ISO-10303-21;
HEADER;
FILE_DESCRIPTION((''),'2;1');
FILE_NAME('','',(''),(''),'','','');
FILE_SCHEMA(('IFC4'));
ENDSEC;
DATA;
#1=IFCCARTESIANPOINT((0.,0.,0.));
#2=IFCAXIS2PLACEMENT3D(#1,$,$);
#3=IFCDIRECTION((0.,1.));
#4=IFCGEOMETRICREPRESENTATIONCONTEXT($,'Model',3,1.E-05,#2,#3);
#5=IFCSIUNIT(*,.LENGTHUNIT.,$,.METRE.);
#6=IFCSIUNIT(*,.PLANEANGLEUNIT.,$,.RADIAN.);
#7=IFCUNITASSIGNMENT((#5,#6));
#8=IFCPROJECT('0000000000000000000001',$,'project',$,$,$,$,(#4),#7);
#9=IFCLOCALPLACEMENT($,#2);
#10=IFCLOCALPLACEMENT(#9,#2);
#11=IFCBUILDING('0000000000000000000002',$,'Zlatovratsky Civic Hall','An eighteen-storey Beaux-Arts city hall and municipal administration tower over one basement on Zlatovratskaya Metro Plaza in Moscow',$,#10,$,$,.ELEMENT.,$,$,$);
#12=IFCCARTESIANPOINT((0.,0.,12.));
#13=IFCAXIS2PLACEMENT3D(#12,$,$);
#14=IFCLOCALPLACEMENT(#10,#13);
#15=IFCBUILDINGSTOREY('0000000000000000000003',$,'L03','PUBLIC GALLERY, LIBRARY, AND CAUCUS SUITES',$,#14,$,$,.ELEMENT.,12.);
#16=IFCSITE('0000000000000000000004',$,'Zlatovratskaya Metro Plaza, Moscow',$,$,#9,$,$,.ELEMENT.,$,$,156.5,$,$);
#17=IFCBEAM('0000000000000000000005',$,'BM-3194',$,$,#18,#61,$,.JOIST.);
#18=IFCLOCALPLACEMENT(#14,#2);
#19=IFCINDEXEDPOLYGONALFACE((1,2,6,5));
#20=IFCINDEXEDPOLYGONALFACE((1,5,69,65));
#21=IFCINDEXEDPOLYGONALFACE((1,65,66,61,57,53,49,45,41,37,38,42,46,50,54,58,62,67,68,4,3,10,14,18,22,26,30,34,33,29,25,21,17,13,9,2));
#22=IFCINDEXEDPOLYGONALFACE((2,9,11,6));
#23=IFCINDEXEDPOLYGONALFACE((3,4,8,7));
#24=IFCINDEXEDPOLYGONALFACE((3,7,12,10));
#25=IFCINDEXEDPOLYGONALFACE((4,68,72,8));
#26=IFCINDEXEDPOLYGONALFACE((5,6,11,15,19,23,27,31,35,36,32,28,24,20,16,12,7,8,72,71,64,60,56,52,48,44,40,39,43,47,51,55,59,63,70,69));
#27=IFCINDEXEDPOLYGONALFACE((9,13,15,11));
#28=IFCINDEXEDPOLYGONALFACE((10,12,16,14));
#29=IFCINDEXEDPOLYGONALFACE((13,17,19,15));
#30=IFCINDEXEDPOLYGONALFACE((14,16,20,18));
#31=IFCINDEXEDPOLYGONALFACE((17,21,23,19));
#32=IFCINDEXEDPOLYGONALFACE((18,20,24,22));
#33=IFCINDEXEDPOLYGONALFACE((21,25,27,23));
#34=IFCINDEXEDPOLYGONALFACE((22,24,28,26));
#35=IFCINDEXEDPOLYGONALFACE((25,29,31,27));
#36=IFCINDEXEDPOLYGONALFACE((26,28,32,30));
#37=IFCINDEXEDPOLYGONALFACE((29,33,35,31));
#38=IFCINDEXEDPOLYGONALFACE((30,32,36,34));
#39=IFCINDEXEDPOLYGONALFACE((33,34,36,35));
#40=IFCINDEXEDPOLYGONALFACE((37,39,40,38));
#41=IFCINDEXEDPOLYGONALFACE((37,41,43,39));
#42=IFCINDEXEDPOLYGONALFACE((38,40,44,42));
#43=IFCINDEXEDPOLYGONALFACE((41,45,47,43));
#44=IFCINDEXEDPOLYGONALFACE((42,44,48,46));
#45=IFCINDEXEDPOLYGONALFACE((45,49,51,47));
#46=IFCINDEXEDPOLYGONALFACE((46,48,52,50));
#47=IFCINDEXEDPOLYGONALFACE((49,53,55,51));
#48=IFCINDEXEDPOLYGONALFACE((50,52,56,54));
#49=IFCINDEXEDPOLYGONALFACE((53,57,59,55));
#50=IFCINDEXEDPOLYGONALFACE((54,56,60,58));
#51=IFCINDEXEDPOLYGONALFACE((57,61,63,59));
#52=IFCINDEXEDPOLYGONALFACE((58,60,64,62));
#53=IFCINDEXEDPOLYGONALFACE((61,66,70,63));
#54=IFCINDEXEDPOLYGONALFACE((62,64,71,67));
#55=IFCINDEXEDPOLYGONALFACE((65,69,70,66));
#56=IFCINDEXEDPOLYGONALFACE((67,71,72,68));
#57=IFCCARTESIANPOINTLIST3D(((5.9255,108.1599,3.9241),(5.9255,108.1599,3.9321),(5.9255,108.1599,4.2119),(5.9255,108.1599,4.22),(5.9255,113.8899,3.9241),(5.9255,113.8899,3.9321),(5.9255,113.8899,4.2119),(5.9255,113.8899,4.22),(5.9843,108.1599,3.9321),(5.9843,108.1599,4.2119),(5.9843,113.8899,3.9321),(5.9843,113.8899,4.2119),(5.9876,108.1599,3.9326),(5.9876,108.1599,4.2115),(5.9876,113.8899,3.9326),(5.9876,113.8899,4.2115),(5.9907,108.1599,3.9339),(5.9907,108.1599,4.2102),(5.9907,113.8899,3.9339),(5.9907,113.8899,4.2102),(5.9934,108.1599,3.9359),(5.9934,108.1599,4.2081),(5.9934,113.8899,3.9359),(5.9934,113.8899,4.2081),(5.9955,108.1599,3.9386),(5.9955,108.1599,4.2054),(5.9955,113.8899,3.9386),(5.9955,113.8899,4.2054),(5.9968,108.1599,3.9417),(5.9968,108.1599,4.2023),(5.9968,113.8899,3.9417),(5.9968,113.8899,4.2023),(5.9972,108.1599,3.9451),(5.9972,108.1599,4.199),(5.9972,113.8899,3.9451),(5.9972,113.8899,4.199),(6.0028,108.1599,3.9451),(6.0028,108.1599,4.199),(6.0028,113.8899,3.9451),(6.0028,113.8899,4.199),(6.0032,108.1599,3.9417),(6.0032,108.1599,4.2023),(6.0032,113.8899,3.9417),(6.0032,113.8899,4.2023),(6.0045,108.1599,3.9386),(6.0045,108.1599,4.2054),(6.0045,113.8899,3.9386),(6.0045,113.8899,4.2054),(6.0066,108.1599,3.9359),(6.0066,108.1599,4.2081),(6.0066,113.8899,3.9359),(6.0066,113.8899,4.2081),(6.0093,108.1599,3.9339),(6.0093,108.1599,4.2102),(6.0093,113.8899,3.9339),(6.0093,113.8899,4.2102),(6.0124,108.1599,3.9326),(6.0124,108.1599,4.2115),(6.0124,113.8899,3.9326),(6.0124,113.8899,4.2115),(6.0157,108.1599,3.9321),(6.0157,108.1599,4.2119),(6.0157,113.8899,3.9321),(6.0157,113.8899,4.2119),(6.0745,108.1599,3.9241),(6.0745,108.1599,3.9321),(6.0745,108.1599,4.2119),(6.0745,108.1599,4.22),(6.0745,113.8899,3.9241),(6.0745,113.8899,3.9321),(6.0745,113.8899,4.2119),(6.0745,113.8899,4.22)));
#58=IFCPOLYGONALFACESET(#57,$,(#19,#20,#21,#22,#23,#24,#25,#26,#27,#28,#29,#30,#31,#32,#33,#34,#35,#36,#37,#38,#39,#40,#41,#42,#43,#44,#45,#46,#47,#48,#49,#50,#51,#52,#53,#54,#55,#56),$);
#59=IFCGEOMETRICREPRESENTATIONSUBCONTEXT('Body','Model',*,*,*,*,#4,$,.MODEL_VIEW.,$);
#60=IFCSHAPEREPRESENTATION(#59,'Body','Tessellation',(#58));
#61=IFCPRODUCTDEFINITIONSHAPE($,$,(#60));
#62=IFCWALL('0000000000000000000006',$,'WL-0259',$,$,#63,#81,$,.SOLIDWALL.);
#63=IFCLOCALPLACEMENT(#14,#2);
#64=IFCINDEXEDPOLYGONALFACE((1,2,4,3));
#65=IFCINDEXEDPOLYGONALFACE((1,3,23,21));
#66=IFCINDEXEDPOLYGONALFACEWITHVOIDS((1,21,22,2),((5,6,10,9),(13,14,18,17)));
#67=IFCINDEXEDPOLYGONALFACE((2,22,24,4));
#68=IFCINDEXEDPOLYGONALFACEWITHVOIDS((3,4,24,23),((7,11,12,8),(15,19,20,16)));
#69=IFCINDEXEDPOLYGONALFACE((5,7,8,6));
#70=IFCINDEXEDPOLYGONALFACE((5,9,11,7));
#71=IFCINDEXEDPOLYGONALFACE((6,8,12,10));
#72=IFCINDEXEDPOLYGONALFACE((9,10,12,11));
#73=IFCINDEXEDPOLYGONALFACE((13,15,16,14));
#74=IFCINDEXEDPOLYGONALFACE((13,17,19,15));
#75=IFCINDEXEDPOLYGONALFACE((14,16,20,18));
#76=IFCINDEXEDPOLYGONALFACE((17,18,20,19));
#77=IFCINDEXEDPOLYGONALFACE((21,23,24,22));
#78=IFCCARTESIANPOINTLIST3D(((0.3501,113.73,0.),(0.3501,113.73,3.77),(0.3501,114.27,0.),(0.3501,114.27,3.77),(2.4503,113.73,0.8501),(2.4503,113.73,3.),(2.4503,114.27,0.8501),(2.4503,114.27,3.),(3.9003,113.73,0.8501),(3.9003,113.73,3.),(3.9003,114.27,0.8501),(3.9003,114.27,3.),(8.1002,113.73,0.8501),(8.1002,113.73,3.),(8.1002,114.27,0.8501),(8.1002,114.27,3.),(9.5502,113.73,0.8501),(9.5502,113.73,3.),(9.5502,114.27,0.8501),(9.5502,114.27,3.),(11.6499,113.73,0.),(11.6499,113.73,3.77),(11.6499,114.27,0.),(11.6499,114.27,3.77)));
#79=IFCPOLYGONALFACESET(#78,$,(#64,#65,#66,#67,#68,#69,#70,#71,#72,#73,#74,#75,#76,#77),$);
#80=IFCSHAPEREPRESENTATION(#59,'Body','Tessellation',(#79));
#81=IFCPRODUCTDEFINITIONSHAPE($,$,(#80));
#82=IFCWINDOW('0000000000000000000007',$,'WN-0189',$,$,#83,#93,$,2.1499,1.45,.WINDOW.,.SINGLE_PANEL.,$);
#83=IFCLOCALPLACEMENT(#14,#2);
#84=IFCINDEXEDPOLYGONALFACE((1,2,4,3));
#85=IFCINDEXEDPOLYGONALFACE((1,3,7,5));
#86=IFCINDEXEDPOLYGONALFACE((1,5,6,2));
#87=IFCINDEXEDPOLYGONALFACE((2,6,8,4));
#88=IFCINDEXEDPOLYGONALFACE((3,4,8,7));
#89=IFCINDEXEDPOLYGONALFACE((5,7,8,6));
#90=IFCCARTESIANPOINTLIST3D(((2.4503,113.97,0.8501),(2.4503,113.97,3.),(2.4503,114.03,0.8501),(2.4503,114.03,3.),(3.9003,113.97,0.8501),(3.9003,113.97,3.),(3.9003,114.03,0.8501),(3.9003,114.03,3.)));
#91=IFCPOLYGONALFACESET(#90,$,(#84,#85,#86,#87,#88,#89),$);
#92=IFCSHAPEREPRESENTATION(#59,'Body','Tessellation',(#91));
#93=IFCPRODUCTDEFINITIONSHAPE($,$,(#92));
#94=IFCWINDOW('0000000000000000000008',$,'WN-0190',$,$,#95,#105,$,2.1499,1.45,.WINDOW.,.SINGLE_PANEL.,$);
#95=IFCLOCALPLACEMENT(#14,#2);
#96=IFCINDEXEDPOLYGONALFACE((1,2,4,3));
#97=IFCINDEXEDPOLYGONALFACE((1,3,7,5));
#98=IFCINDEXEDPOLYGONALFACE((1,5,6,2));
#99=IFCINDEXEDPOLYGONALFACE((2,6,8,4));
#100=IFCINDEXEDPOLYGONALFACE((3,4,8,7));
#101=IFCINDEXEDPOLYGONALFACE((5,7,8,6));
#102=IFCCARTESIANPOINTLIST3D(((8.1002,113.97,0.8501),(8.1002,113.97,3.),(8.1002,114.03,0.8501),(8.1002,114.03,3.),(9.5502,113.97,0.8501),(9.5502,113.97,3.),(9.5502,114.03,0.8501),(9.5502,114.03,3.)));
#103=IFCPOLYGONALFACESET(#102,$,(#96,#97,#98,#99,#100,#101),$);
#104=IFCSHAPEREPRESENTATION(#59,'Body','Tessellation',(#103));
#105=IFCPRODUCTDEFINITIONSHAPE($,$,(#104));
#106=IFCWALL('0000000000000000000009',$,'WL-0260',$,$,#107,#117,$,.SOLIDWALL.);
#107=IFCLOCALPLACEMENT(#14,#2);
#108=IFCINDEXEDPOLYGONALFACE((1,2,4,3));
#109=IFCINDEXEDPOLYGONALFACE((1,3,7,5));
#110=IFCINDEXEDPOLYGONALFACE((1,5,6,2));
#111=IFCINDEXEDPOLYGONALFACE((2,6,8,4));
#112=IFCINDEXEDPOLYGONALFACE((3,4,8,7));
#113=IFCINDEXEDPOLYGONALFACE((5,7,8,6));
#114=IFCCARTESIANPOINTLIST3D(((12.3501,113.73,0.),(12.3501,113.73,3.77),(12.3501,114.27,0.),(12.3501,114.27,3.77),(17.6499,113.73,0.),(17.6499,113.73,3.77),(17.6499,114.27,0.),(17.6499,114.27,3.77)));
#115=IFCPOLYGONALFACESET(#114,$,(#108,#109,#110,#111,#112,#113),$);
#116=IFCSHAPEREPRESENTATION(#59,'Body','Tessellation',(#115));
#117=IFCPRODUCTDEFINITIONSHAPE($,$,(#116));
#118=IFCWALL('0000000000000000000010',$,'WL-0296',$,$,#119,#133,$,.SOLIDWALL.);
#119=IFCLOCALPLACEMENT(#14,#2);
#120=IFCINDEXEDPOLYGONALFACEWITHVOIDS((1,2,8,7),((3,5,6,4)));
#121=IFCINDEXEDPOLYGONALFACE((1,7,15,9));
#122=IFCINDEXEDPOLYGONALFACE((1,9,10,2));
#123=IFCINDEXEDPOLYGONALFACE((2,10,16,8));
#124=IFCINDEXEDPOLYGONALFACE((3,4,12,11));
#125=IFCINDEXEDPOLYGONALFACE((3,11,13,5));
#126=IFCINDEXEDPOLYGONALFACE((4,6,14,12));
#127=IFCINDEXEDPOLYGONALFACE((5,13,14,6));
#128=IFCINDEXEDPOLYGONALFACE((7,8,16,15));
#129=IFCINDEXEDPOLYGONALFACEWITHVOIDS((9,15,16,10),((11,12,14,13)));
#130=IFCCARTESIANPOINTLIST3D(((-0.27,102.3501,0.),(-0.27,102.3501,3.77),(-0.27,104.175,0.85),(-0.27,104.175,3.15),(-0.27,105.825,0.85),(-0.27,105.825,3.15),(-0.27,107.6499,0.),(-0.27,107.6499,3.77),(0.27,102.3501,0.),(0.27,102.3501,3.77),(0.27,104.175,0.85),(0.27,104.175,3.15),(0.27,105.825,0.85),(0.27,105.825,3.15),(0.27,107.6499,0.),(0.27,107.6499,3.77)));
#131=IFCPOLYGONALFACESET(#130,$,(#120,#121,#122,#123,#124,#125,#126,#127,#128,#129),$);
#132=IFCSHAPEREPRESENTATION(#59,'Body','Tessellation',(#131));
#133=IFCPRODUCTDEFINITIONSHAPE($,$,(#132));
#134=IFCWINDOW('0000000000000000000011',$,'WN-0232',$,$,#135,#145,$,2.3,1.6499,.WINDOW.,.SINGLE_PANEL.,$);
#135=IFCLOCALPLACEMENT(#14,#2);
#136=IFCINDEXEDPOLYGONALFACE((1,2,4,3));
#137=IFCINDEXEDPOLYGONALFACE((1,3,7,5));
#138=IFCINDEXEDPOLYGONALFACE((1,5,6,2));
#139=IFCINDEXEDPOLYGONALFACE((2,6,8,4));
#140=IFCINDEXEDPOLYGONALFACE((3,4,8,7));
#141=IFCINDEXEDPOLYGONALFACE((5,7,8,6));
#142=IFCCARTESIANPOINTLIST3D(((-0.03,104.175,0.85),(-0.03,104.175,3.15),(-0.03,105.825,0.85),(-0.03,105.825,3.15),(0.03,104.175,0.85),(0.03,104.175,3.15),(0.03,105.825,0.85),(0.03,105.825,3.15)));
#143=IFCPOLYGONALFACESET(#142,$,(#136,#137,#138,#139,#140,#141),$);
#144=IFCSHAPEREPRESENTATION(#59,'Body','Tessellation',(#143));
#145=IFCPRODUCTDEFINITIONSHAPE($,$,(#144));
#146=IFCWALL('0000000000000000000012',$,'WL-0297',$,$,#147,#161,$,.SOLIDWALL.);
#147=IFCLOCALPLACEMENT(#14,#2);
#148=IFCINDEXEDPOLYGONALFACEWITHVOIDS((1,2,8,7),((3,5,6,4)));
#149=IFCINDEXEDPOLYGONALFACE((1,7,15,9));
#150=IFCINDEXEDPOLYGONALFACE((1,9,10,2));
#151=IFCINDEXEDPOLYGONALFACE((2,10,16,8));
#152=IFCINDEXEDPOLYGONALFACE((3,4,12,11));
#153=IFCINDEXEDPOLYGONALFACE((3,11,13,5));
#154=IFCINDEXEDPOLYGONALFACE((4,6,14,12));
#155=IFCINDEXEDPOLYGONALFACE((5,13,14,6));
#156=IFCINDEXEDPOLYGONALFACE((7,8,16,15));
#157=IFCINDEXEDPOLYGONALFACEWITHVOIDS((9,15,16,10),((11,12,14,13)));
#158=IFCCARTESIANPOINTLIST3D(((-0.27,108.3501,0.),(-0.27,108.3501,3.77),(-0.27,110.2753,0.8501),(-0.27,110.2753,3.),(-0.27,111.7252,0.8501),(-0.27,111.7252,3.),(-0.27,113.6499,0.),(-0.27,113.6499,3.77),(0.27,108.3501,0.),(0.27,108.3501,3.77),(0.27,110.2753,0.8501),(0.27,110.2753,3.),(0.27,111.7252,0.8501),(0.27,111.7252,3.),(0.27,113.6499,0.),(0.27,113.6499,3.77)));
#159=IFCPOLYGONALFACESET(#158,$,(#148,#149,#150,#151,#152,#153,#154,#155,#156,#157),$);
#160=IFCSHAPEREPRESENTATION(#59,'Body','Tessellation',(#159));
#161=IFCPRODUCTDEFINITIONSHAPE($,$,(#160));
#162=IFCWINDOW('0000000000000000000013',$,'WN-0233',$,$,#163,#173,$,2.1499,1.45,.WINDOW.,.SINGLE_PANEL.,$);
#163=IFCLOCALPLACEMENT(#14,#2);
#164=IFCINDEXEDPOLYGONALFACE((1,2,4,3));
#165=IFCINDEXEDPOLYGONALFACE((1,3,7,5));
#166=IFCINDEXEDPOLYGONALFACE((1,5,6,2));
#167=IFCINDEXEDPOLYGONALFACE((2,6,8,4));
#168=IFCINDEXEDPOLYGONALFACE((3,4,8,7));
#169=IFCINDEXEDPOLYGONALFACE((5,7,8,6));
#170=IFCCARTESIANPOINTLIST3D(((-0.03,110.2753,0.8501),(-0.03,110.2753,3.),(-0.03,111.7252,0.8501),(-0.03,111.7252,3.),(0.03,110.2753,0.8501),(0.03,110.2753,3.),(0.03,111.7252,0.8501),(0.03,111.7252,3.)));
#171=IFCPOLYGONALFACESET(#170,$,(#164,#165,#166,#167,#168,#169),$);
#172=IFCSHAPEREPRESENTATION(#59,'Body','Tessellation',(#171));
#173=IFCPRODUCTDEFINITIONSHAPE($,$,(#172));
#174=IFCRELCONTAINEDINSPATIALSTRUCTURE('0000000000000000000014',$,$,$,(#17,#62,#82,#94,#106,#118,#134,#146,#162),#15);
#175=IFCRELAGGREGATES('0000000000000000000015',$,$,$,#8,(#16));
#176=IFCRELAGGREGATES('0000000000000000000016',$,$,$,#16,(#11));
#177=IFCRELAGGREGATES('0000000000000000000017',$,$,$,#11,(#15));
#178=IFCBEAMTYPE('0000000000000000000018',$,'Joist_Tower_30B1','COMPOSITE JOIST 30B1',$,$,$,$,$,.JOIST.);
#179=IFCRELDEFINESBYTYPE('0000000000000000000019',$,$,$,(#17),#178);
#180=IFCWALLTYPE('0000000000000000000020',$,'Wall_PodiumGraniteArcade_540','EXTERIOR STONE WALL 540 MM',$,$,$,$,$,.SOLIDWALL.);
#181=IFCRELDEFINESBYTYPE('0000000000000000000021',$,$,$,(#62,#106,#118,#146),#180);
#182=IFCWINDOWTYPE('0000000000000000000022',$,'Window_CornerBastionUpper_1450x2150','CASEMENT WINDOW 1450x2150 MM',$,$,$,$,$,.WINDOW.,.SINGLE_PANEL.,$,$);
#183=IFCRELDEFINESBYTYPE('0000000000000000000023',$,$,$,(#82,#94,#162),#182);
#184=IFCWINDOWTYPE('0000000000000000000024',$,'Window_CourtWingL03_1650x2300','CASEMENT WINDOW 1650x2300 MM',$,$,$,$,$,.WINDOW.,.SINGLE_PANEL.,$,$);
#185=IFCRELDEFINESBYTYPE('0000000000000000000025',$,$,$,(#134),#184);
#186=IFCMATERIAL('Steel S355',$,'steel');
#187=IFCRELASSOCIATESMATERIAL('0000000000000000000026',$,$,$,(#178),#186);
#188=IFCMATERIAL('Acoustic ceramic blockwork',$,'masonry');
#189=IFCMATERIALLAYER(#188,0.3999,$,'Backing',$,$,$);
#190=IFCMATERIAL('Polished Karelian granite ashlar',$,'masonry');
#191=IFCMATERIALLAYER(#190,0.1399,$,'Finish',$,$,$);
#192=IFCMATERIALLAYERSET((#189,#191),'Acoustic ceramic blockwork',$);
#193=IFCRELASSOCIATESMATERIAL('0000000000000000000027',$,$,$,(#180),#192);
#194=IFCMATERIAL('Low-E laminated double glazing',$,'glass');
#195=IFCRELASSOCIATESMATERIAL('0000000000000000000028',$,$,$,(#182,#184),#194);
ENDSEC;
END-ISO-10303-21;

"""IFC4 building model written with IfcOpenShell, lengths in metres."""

from ifc_helpers import new_model, si_unit, direction, frame, frame_2d, origin, origin_2d, place, context, subcontext, project, spatial, rectangle, i_section, extrude, material, layer, layer_set, material_profile, profile_set, type_object, element, fill, save


model = new_model("IFC4")

# Units and contexts
model_context = context("Model", 3, precision=1e-05, world=origin(), true_north=direction((0.0, 1.0)))
body_context = subcontext(model_context, "Body", "Model", "MODEL_VIEW")
ifc_project = project(units=[si_unit("LENGTHUNIT", "METRE"), si_unit("PLANEANGLEUNIT", "RADIAN")], contexts=[model_context])

# Site, building, storey
site_placement = place(None, origin())
site = spatial("IfcSite", under=ifc_project, at=site_placement, Name="Zlatovratskaya Metro Plaza, Moscow", CompositionType="ELEMENT", RefElevation=156.5)
building_placement = place(site_placement, origin())
building = spatial("IfcBuilding", under=site, at=building_placement, Name="Zlatovratsky Civic Hall", Description="An eighteen-storey Beaux-Arts city hall and municipal administration tower over one basement on Zlatovratskaya Metro Plaza in Moscow", CompositionType="ELEMENT")
storey_placement = place(building_placement, frame((0.0, 0.0, 12.0)))
storey = spatial("IfcBuildingStorey", under=building, at=storey_placement, Name="L03", Description="PUBLIC GALLERY, LIBRARY, AND CAUCUS SUITES", CompositionType="ELEMENT", Elevation=12.0)

# Shared definitions
ifc_material_1 = material(Name="Steel S355", Category="steel")

# Beam
ifc_material_profile_1 = material_profile(ifc_material_1, i_section(OverallWidth=0.1489, OverallDepth=0.2959, WebThickness=0.0056, FlangeThickness=0.0081, FilletRadius=0.0129, at=origin_2d()), Name="30B1")
ifc_profile_set_1 = profile_set([ifc_material_profile_1], Name="Steel S355")
beam_type_1 = type_object("IfcBeamType", Name="Joist_Tower_30B1", Description="COMPOSITE JOIST 30B1", PredefinedType="JOIST", material=ifc_profile_set_1)
beam_1_placement = place(storey_placement, frame((6.0, 108.1599, 4.072), z_axis=(0.0, 1.0, 0.0), x_axis=(-1.0, 0.0, 0.0)))
element("IfcBeam", 1, at=beam_1_placement, inside=storey, type_object=beam_type_1, Name="BM-3194", PredefinedType="JOIST", context=body_context, shape_type="SweptSolid", body=[
    extrude(i_section(OverallWidth=0.1489, OverallDepth=0.2959, WebThickness=0.0056, FlangeThickness=0.0081, FilletRadius=0.0129, at=origin_2d()), origin(), (0.0, 0.0, 1.0), 5.73),
])

# Wall, openings, windows
ifc_material_2 = material(Name="Acoustic ceramic blockwork", Category="masonry")
ifc_layer_1 = layer(ifc_material_2, 0.3999, Name="Backing")
ifc_material_3 = material(Name="Polished Karelian granite ashlar", Category="masonry")
ifc_layer_2 = layer(ifc_material_3, 0.1399, Name="Finish")
ifc_layer_set = layer_set([ifc_layer_1, ifc_layer_2], Name="Acoustic ceramic blockwork")
wall_type = type_object("IfcWallType", Name="Wall_PodiumGraniteArcade_540", Description="EXTERIOR STONE WALL 540 MM", PredefinedType="SOLIDWALL", material=ifc_layer_set)
wall_1_placement = place(storey_placement, frame((0.3501, 114.0, 0.0), z_axis=(0.0, 0.0, 1.0), x_axis=(1.0, 0.0, 0.0)))
wall_1 = element("IfcWall", 2, at=wall_1_placement, inside=storey, type_object=wall_type, Name="WL-0259", PredefinedType="SOLIDWALL", context=body_context, shape_type="SweptSolid", body=[
    extrude(rectangle(XDim=11.2998, YDim=0.54, at=frame_2d((5.6499, 0.0))), origin(), (0.0, 0.0, 1.0), 3.77),
])
opening_1_placement = place(wall_1_placement, frame((2.1001, 0.0, 0.8501)))
opening_1 = element("IfcOpeningElement", 3, at=opening_1_placement, cuts=wall_1, PredefinedType="OPENING", context=body_context, shape_type="SweptSolid", body=[
    extrude(rectangle(XDim=1.45, YDim=2.1499, at=frame_2d((0.7251, 1.075))), frame((0.0, 0.2849, 0.0), z_axis=(0.0, -1.0, 0.0), x_axis=(1.0, 0.0, 0.0)), (0.0, 0.0, 1.0), 0.5698),
])
opening_2_placement = place(wall_1_placement, frame((7.75, 0.0, 0.8501)))
opening_2 = element("IfcOpeningElement", 4, at=opening_2_placement, cuts=wall_1, PredefinedType="OPENING", context=body_context, shape_type="SweptSolid", body=[
    extrude(rectangle(XDim=1.45, YDim=2.1499, at=frame_2d((0.7251, 1.075))), frame((0.0, 0.2849, 0.0), z_axis=(0.0, -1.0, 0.0), x_axis=(1.0, 0.0, 0.0)), (0.0, 0.0, 1.0), 0.5698),
])
ifc_material_4 = material(Name="Low-E laminated double glazing", Category="glass")
window_type_1 = type_object("IfcWindowType", Name="Window_CornerBastionUpper_1450x2150", Description="CASEMENT WINDOW 1450x2150 MM", PartitioningType="SINGLE_PANEL", PredefinedType="WINDOW", material=ifc_material_4)
window_1_placement = place(opening_1_placement, origin())
window_1 = element("IfcWindow", 5, at=window_1_placement, inside=storey, type_object=window_type_1, Name="WN-0189", OverallHeight=2.1499, OverallWidth=1.45, PartitioningType="SINGLE_PANEL", PredefinedType="WINDOW", context=body_context, shape_type="SweptSolid", body=[
    extrude(rectangle(XDim=1.45, YDim=2.1499, at=frame_2d((0.7251, 1.075))), frame((0.0, 0.03, 0.0), z_axis=(0.0, -1.0, 0.0), x_axis=(1.0, 0.0, 0.0)), (0.0, 0.0, 1.0), 0.0601),
])
fill(opening_1, window_1)
window_2_placement = place(opening_2_placement, origin())
window_2 = element("IfcWindow", 6, at=window_2_placement, inside=storey, type_object=window_type_1, Name="WN-0190", OverallHeight=2.1499, OverallWidth=1.45, PartitioningType="SINGLE_PANEL", PredefinedType="WINDOW", context=body_context, shape_type="SweptSolid", body=[
    extrude(rectangle(XDim=1.45, YDim=2.1499, at=frame_2d((0.7251, 1.075))), frame((0.0, 0.03, 0.0), z_axis=(0.0, -1.0, 0.0), x_axis=(1.0, 0.0, 0.0)), (0.0, 0.0, 1.0), 0.0601),
])
fill(opening_2, window_2)

# Wall
wall_2_placement = place(storey_placement, frame((12.3501, 114.0, 0.0), z_axis=(0.0, 0.0, 1.0), x_axis=(1.0, 0.0, 0.0)))
element("IfcWall", 7, at=wall_2_placement, inside=storey, type_object=wall_type, Name="WL-0260", PredefinedType="SOLIDWALL", context=body_context, shape_type="SweptSolid", body=[
    extrude(rectangle(XDim=5.2998, YDim=0.54, at=frame_2d((2.6499, 0.0))), origin(), (0.0, 0.0, 1.0), 3.77),
])

# Walls, openings, windows
wall_3_placement = place(storey_placement, frame((0.0, 102.3501, 0.0), z_axis=(0.0, 0.0, 1.0), x_axis=(0.0, 1.0, 0.0)))
wall_3 = element("IfcWall", 8, at=wall_3_placement, inside=storey, type_object=wall_type, Name="WL-0296", PredefinedType="SOLIDWALL", context=body_context, shape_type="SweptSolid", body=[
    extrude(rectangle(XDim=5.2998, YDim=0.54, at=frame_2d((2.6499, 0.0))), origin(), (0.0, 0.0, 1.0), 3.77),
])
opening_3_placement = place(wall_3_placement, frame((1.825, 0.0, 0.8501)))
opening_3 = element("IfcOpeningElement", 9, at=opening_3_placement, cuts=wall_3, PredefinedType="OPENING", context=body_context, shape_type="SweptSolid", body=[
    extrude(rectangle(XDim=1.6499, YDim=2.3, at=frame_2d((0.825, 1.1499))), frame((0.0, 0.2849, 0.0), z_axis=(0.0, -1.0, 0.0), x_axis=(1.0, 0.0, 0.0)), (0.0, 0.0, 1.0), 0.5698),
])
window_type_2 = type_object("IfcWindowType", Name="Window_CourtWingL03_1650x2300", Description="CASEMENT WINDOW 1650x2300 MM", PartitioningType="SINGLE_PANEL", PredefinedType="WINDOW", material=ifc_material_4)
window_3_placement = place(opening_3_placement, origin())
window_3 = element("IfcWindow", 10, at=window_3_placement, inside=storey, type_object=window_type_2, Name="WN-0232", OverallHeight=2.3, OverallWidth=1.6499, PartitioningType="SINGLE_PANEL", PredefinedType="WINDOW", context=body_context, shape_type="SweptSolid", body=[
    extrude(rectangle(XDim=1.6499, YDim=2.3, at=frame_2d((0.825, 1.1499))), frame((0.0, 0.03, 0.0), z_axis=(0.0, -1.0, 0.0), x_axis=(1.0, 0.0, 0.0)), (0.0, 0.0, 1.0), 0.0601),
])
fill(opening_3, window_3)
wall_4_placement = place(storey_placement, frame((0.0, 108.3501, 0.0), z_axis=(0.0, 0.0, 1.0), x_axis=(0.0, 1.0, 0.0)))
wall_4 = element("IfcWall", 11, at=wall_4_placement, inside=storey, type_object=wall_type, Name="WL-0297", PredefinedType="SOLIDWALL", context=body_context, shape_type="SweptSolid", body=[
    extrude(rectangle(XDim=5.2998, YDim=0.54, at=frame_2d((2.6499, 0.0))), origin(), (0.0, 0.0, 1.0), 3.77),
])
opening_4_placement = place(wall_4_placement, frame((1.925, 0.0, 0.8501)))
opening_4 = element("IfcOpeningElement", 12, at=opening_4_placement, cuts=wall_4, PredefinedType="OPENING", context=body_context, shape_type="SweptSolid", body=[
    extrude(rectangle(XDim=1.45, YDim=2.1499, at=frame_2d((0.7251, 1.075))), frame((0.0, 0.2849, 0.0), z_axis=(0.0, -1.0, 0.0), x_axis=(1.0, 0.0, 0.0)), (0.0, 0.0, 1.0), 0.5698),
])
window_4_placement = place(opening_4_placement, origin())
window_4 = element("IfcWindow", 13, at=window_4_placement, inside=storey, type_object=window_type_1, Name="WN-0233", OverallHeight=2.1499, OverallWidth=1.45, PartitioningType="SINGLE_PANEL", PredefinedType="WINDOW", context=body_context, shape_type="SweptSolid", body=[
    extrude(rectangle(XDim=1.45, YDim=2.1499, at=frame_2d((0.7251, 1.075))), frame((0.0, 0.03, 0.0), z_axis=(0.0, -1.0, 0.0), x_axis=(1.0, 0.0, 0.0)), (0.0, 0.0, 1.0), 0.0601),
])
fill(opening_4, window_4)

save(model, "model.ifc")
